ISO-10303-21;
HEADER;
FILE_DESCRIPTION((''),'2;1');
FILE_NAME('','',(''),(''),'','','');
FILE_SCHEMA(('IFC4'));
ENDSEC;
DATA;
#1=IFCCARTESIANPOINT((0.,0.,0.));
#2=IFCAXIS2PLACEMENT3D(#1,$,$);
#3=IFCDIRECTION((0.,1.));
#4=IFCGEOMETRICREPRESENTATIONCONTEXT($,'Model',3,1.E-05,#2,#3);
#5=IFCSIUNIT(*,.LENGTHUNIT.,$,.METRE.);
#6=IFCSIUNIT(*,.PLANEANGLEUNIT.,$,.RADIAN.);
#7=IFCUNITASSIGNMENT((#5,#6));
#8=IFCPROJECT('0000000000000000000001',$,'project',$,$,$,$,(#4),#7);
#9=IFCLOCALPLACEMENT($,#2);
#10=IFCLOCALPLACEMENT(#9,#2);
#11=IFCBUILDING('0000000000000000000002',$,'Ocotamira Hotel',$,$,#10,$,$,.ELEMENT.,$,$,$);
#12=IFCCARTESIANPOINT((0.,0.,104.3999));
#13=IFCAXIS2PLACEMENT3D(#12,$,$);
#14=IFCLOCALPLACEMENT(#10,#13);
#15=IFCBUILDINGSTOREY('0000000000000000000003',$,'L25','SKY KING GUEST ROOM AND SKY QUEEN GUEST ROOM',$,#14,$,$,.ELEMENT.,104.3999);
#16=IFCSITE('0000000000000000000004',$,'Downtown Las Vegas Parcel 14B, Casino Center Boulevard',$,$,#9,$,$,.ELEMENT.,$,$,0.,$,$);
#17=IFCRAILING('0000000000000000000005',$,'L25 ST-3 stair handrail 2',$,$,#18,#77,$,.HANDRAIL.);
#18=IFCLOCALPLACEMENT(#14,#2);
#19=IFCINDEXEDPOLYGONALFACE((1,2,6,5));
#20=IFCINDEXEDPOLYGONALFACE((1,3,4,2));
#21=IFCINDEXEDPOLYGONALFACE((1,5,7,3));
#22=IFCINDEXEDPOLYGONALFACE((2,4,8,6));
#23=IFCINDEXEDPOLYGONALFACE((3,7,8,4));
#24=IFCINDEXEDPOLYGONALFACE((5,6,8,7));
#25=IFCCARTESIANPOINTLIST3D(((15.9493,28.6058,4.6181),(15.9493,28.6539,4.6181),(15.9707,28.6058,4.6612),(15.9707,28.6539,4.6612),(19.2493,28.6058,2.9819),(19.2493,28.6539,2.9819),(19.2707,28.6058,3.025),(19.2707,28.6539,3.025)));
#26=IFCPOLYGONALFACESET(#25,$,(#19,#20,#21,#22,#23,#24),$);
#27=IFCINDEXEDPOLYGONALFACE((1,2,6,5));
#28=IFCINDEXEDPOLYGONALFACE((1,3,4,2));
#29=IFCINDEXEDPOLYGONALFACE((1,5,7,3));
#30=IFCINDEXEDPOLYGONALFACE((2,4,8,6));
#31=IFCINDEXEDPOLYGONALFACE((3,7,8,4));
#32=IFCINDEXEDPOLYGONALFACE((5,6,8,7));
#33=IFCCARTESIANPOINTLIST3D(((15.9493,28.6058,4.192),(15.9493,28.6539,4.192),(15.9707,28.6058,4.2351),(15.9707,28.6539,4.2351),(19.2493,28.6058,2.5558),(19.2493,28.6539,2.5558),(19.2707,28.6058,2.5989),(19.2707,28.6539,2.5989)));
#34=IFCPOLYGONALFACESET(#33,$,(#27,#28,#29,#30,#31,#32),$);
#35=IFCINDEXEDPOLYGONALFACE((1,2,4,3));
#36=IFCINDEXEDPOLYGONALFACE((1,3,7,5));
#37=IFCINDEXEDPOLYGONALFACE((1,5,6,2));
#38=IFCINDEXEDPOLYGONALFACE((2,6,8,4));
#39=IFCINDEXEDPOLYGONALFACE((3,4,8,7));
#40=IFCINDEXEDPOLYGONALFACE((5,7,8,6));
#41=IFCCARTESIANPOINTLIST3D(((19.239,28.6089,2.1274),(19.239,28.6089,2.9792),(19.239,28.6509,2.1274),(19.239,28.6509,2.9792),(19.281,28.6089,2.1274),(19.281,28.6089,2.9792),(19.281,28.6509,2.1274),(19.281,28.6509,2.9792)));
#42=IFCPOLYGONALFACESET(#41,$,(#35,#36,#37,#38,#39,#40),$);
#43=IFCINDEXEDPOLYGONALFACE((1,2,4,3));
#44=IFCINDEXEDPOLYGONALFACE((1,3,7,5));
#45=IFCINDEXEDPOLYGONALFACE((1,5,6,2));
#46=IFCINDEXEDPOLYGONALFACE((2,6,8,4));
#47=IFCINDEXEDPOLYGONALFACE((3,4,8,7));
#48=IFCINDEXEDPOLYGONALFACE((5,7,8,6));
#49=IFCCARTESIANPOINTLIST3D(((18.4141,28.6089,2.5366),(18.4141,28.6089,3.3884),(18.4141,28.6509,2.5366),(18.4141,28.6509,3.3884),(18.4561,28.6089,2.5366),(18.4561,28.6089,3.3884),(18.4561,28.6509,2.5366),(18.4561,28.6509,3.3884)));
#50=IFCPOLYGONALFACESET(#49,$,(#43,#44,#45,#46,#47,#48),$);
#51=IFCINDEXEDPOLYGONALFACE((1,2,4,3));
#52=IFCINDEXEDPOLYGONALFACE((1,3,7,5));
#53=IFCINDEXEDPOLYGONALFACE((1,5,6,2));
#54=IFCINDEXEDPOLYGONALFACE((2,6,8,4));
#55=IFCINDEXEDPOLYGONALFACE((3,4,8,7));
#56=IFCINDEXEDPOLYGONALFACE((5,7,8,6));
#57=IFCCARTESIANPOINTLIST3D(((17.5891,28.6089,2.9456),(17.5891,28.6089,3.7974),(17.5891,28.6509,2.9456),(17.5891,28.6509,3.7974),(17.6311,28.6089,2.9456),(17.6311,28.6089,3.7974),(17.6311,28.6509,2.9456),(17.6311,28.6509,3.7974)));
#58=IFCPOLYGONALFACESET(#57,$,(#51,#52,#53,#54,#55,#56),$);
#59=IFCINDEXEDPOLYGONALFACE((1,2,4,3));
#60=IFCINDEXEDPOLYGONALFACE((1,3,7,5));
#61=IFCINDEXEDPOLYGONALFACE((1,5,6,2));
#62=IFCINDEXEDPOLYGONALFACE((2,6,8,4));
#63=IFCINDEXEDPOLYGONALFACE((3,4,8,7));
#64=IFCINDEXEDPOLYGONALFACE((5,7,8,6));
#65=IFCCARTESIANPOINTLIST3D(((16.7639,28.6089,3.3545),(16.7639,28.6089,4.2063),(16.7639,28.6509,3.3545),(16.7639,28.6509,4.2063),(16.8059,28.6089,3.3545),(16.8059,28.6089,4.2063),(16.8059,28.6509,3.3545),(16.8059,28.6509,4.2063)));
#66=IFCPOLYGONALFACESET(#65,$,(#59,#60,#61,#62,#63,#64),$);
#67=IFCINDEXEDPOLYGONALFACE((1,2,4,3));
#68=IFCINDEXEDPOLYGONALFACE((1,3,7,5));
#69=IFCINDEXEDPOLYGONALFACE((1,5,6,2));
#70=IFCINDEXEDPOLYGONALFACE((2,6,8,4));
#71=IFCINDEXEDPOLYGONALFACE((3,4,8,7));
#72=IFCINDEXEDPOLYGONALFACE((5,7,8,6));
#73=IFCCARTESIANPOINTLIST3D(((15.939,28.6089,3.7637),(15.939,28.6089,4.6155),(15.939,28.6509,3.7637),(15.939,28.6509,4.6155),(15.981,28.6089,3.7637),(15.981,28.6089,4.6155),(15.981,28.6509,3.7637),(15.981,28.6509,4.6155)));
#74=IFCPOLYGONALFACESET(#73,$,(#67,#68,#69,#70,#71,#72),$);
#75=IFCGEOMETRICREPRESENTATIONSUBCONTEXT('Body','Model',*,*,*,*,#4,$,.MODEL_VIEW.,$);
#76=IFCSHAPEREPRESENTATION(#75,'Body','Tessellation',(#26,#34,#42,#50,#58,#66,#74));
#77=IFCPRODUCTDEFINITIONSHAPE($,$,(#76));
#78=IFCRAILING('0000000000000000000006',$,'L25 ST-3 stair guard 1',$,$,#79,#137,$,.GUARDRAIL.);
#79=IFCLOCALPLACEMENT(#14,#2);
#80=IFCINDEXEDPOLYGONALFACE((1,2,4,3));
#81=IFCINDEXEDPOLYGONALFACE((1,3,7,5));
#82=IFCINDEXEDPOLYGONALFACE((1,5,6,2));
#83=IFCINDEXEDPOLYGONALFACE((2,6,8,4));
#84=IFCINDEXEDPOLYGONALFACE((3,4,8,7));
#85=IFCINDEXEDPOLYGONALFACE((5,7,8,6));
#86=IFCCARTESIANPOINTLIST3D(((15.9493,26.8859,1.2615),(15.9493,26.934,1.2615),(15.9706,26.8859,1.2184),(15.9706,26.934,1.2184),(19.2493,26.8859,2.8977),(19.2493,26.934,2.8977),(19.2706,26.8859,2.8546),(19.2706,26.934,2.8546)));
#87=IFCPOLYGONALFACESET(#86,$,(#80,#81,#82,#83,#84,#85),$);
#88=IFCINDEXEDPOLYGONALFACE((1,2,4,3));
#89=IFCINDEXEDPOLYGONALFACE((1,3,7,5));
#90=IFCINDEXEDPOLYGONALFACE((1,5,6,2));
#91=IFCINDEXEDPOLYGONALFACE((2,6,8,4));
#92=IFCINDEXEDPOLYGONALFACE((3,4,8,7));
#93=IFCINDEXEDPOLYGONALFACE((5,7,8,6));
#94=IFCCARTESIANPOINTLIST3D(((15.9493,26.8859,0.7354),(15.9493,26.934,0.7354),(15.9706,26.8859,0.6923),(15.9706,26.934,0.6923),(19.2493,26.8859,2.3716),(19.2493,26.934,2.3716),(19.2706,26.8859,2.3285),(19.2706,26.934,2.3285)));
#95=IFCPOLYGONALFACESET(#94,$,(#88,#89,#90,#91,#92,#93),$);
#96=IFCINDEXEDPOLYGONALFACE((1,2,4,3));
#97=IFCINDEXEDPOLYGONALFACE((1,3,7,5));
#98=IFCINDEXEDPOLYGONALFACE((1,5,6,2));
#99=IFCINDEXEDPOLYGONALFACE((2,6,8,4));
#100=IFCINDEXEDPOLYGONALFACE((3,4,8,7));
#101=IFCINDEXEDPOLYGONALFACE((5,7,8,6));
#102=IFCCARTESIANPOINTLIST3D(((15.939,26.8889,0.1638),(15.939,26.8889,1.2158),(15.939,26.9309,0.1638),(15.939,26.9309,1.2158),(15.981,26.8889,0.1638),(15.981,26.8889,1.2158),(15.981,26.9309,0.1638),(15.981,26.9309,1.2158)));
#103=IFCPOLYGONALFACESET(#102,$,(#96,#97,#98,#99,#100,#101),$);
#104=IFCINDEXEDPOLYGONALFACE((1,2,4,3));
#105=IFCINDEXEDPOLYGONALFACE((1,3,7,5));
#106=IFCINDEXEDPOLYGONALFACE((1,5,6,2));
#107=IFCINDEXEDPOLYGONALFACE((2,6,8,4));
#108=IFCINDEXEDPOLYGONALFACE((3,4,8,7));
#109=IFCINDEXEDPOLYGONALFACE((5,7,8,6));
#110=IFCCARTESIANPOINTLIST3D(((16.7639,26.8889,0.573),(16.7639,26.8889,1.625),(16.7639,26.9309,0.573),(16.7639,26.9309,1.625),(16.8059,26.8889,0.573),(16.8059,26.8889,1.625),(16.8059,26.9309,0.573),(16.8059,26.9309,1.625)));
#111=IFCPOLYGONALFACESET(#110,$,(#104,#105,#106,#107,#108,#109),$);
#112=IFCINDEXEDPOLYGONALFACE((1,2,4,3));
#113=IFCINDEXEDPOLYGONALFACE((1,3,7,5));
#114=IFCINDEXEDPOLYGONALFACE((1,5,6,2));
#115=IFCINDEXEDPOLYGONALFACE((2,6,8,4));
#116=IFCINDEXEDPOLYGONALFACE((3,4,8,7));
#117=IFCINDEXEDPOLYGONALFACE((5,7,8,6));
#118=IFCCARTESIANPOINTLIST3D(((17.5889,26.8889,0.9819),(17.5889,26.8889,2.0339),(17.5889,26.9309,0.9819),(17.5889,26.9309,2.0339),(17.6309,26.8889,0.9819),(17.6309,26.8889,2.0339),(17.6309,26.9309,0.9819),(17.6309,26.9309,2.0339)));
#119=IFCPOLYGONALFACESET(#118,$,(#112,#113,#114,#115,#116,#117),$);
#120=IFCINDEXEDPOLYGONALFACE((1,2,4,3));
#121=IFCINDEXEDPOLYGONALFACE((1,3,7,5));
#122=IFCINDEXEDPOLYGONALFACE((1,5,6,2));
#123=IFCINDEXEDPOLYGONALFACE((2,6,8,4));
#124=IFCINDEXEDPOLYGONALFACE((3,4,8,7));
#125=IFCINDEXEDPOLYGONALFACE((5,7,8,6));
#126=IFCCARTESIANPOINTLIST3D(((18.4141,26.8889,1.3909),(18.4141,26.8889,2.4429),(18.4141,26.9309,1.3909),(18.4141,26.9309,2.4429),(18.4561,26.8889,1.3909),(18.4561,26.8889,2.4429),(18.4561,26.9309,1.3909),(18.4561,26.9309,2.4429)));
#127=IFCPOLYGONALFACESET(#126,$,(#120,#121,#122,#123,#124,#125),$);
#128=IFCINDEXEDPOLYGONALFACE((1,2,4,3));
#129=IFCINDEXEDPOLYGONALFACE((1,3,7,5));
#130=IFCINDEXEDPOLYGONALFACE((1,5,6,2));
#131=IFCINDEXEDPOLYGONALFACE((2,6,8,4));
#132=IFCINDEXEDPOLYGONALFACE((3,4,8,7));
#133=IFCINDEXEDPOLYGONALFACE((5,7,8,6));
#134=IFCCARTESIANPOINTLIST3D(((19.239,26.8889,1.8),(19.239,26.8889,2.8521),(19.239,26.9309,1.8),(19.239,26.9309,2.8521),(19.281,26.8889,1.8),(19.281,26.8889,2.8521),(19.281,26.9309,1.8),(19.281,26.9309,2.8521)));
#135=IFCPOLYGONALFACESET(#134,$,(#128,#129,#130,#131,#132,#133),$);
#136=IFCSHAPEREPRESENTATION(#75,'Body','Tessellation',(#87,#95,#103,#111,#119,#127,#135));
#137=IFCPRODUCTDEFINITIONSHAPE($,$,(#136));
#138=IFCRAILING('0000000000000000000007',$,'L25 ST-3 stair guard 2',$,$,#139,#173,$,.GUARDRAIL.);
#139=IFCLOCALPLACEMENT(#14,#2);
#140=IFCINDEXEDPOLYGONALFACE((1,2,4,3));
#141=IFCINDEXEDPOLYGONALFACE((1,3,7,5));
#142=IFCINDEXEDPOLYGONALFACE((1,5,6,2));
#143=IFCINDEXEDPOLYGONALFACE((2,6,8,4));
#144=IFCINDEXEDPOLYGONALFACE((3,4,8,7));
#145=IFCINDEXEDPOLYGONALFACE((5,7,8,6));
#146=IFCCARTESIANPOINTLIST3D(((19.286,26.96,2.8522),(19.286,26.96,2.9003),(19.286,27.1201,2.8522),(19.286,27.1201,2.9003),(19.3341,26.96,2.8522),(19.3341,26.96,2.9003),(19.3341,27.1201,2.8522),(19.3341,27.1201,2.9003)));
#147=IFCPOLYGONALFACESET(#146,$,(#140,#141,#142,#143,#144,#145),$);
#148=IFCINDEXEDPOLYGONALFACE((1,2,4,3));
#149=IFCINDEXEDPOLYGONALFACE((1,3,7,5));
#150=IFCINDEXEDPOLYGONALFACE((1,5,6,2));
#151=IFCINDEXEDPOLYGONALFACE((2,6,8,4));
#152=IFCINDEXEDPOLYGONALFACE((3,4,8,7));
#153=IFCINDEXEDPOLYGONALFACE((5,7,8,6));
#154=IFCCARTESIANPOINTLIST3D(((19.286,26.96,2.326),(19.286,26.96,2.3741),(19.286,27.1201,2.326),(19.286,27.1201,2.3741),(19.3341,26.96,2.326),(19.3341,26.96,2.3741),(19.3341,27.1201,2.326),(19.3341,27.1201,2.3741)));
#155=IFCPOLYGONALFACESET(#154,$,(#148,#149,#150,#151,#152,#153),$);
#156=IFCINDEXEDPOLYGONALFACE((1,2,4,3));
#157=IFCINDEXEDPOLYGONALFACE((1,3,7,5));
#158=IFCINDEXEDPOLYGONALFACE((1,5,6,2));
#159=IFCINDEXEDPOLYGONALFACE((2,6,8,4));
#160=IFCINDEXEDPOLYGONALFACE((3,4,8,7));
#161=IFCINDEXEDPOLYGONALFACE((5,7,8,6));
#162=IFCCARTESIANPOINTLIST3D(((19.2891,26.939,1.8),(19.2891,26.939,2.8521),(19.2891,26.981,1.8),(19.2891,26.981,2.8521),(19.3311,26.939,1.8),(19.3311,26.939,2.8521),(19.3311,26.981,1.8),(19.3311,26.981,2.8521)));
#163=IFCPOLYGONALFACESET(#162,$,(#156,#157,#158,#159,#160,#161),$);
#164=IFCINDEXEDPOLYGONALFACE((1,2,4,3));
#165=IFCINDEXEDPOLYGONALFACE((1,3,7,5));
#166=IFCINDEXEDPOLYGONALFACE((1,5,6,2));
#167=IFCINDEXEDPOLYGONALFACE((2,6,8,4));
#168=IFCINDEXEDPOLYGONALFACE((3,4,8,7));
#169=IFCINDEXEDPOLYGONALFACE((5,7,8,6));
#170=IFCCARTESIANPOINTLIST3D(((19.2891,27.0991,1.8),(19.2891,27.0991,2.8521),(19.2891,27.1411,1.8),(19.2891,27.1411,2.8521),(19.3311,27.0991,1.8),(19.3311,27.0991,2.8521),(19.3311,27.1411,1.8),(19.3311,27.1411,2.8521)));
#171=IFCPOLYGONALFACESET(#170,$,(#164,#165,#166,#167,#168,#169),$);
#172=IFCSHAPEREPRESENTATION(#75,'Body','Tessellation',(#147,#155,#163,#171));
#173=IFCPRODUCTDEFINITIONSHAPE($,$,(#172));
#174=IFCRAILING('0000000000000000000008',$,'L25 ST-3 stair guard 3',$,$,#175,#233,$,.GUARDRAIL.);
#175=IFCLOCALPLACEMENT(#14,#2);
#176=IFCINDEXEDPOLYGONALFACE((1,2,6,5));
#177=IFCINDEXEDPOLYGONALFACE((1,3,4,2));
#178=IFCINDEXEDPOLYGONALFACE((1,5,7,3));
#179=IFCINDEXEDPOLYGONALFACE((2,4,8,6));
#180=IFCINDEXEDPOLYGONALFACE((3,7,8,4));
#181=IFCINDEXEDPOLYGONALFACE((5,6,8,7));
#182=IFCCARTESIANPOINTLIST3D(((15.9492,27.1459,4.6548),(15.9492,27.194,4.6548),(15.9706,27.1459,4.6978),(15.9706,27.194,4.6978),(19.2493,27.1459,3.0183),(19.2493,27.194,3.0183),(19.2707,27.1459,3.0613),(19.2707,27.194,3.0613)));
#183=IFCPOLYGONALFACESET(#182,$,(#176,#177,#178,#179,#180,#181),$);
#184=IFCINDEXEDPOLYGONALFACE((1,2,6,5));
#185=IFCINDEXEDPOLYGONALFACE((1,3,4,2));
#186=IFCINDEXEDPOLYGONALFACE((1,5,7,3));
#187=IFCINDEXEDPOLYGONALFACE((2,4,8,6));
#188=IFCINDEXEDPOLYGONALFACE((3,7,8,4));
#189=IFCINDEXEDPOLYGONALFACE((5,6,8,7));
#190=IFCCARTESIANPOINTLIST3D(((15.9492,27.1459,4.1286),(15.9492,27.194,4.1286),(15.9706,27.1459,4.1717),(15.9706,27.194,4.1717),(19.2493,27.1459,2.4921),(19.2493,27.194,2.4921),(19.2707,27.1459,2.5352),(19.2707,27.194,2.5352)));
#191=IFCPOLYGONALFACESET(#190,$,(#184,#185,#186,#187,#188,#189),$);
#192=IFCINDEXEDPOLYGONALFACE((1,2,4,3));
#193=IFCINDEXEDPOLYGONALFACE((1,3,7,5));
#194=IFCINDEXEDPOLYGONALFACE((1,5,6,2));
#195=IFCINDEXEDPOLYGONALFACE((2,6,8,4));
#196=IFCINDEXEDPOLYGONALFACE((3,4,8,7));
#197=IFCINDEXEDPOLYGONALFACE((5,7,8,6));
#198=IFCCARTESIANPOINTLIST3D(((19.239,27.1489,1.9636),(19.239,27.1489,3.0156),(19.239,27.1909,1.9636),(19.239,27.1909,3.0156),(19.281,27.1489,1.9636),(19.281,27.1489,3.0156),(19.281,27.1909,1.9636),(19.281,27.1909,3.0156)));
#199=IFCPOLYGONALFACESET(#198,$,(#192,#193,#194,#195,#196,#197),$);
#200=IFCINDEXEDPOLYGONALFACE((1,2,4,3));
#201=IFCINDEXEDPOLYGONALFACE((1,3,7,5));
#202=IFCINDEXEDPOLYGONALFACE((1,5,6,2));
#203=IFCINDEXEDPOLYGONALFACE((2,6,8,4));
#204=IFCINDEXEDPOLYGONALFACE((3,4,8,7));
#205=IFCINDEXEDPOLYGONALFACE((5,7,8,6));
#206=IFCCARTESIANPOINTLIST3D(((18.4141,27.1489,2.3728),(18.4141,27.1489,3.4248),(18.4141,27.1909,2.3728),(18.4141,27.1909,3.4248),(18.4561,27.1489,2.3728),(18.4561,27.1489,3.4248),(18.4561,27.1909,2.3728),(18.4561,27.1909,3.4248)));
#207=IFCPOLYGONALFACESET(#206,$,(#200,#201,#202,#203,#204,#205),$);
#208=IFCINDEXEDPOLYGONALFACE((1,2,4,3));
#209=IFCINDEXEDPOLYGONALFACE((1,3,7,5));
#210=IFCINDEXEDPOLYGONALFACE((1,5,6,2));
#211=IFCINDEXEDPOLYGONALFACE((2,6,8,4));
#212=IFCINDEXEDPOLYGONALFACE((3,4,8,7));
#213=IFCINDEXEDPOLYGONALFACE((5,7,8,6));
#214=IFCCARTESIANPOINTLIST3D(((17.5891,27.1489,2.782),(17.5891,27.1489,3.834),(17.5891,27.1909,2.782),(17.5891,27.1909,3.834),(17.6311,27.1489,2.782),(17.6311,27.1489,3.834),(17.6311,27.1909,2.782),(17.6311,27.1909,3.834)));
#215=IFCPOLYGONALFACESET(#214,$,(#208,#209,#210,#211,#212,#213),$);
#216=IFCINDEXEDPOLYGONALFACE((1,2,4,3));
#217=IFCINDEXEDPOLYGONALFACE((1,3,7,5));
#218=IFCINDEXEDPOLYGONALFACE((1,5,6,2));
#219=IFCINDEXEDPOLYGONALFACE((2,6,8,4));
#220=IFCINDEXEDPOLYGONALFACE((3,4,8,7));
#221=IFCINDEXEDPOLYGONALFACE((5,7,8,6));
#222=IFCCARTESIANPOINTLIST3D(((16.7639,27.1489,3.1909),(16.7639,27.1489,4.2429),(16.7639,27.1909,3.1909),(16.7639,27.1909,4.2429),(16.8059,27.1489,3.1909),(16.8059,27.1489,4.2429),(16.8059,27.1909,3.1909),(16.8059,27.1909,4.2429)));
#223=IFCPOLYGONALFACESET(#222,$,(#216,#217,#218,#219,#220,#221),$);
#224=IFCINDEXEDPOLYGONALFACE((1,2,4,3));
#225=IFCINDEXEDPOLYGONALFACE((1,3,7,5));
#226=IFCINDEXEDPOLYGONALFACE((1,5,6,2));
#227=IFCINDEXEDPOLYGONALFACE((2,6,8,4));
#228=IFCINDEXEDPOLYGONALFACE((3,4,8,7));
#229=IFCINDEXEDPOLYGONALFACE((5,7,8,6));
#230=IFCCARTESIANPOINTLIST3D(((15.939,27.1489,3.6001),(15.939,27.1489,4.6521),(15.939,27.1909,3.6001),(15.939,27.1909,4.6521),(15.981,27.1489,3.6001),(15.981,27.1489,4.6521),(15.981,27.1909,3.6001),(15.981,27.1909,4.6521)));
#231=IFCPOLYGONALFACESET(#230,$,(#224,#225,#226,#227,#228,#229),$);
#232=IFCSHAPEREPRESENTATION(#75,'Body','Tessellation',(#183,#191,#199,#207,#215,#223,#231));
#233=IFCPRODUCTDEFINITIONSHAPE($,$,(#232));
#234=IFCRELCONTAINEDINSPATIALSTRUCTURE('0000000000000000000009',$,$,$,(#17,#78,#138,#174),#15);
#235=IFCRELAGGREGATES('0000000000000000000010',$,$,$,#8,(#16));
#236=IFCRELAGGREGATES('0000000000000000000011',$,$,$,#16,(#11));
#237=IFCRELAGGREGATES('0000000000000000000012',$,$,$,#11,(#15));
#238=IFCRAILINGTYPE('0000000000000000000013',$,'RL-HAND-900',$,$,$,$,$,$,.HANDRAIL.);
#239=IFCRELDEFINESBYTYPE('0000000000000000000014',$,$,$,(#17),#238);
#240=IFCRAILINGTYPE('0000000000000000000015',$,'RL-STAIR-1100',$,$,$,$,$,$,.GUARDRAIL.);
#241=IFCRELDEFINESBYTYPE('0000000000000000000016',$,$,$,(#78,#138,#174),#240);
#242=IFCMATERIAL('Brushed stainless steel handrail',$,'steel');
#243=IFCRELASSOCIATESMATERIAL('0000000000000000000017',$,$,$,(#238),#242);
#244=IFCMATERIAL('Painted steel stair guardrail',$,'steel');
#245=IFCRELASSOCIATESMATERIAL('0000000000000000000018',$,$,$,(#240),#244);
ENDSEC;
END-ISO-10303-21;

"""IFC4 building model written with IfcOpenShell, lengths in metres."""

from ifc_helpers import new_model, si_unit, direction, frame, origin, origin_2d, place, context, subcontext, project, spatial, rectangle, extrude, material, type_object, element, save


model = new_model("IFC4")

# Units and contexts
model_context = context("Model", 3, precision=1e-05, world=origin(), true_north=direction((0.0, 1.0)))
body_context = subcontext(model_context, "Body", "Model", "MODEL_VIEW")
ifc_project = project(units=[si_unit("LENGTHUNIT", "METRE"), si_unit("PLANEANGLEUNIT", "RADIAN")], contexts=[model_context])

# Site, building, storey
site_placement = place(None, origin())
site = spatial("IfcSite", under=ifc_project, at=site_placement, Name="Downtown Las Vegas Parcel 14B, Casino Center Boulevard", CompositionType="ELEMENT", RefElevation=0.0)
building_placement = place(site_placement, origin())
building = spatial("IfcBuilding", under=site, at=building_placement, Name="Ocotamira Hotel", CompositionType="ELEMENT")
storey_placement = place(building_placement, frame((0.0, 0.0, 104.3999)))
storey = spatial("IfcBuildingStorey", under=building, at=storey_placement, Name="L25", Description="SKY KING GUEST ROOM AND SKY QUEEN GUEST ROOM", CompositionType="ELEMENT", Elevation=104.3999)

# Railings
ifc_material_1 = material(Name="Brushed stainless steel handrail", Category="steel")
railing_type_1 = type_object("IfcRailingType", Name="RL-HAND-900", PredefinedType="HANDRAIL", material=ifc_material_1)
railing_1_placement = place(storey_placement, frame((19.26, 28.6299, 2.1274)))
element("IfcRailing", 1, at=railing_1_placement, inside=storey, type_object=railing_type_1, Name="L25 ST-3 stair handrail 2", PredefinedType="HANDRAIL", context=body_context, shape_type="SweptSolid", body=[
    extrude(rectangle(XDim=0.0481, YDim=0.0481, at=origin_2d()), frame((0.0, 0.0, 0.876), z_axis=(-0.89592, 0.0, 0.444215), x_axis=(0.0, -1.0, 0.0)), (0.0, 0.0, 1.0), 3.6833),
    extrude(rectangle(XDim=0.0481, YDim=0.0481, at=origin_2d()), frame((0.0, 0.0, 0.45), z_axis=(-0.89592, 0.0, 0.444215), x_axis=(0.0, -1.0, 0.0)), (0.0, 0.0, 1.0), 3.6833),
    extrude(rectangle(XDim=0.042, YDim=0.042, at=origin_2d()), origin(), (0.0, 0.0, 1.0), 0.8518),
    extrude(rectangle(XDim=0.042, YDim=0.042, at=origin_2d()), frame((-0.825, 0.0, 0.4092)), (0.0, 0.0, 1.0), 0.8518),
    extrude(rectangle(XDim=0.042, YDim=0.042, at=origin_2d()), frame((-1.6499, 0.0, 0.8181)), (0.0, 0.0, 1.0), 0.8518),
    extrude(rectangle(XDim=0.042, YDim=0.042, at=origin_2d()), frame((-2.4751, 0.0, 1.2271)), (0.0, 0.0, 1.0), 0.8518),
    extrude(rectangle(XDim=0.042, YDim=0.042, at=origin_2d()), frame((-3.3, 0.0, 1.6362)), (0.0, 0.0, 1.0), 0.8518),
])
ifc_material_2 = material(Name="Painted steel stair guardrail", Category="steel")
railing_type_2 = type_object("IfcRailingType", Name="RL-STAIR-1100", PredefinedType="GUARDRAIL", material=ifc_material_2)
railing_2_placement = place(storey_placement, frame((15.96, 26.9099, 0.1638)))
element("IfcRailing", 2, at=railing_2_placement, inside=storey, type_object=railing_type_2, Name="L25 ST-3 stair guard 1", PredefinedType="GUARDRAIL", context=body_context, shape_type="SweptSolid", body=[
    extrude(rectangle(XDim=0.0481, YDim=0.0481, at=origin_2d()), frame((0.0, 0.0, 1.0762), z_axis=(0.89592, 0.0, 0.444215), x_axis=(0.0, 1.0, 0.0)), (0.0, 0.0, 1.0), 3.6833),
    extrude(rectangle(XDim=0.0481, YDim=0.0481, at=origin_2d()), frame((0.0, 0.0, 0.55), z_axis=(0.89592, 0.0, 0.444215), x_axis=(0.0, 1.0, 0.0)), (0.0, 0.0, 1.0), 3.6833),
    extrude(rectangle(XDim=0.042, YDim=0.042, at=origin_2d()), origin(), (0.0, 0.0, 1.0), 1.052),
    extrude(rectangle(XDim=0.042, YDim=0.042, at=origin_2d()), frame((0.825, 0.0, 0.4092)), (0.0, 0.0, 1.0), 1.052),
    extrude(rectangle(XDim=0.042, YDim=0.042, at=origin_2d()), frame((1.6499, 0.0, 0.8181)), (0.0, 0.0, 1.0), 1.052),
    extrude(rectangle(XDim=0.042, YDim=0.042, at=origin_2d()), frame((2.4751, 0.0, 1.2271)), (0.0, 0.0, 1.0), 1.052),
    extrude(rectangle(XDim=0.042, YDim=0.042, at=origin_2d()), frame((3.3, 0.0, 1.6362)), (0.0, 0.0, 1.0), 1.052),
])
railing_3_placement = place(storey_placement, frame((19.3101, 26.96, 1.8)))
element("IfcRailing", 3, at=railing_3_placement, inside=storey, type_object=railing_type_2, Name="L25 ST-3 stair guard 2", PredefinedType="GUARDRAIL", context=body_context, shape_type="SweptSolid", body=[
    extrude(rectangle(XDim=0.0481, YDim=0.0481, at=origin_2d()), frame((0.0, 0.0, 1.0762), z_axis=(0.0, 1.0, 0.0), x_axis=(-1.0, 0.0, 0.0)), (0.0, 0.0, 1.0), 0.1602),
    extrude(rectangle(XDim=0.0481, YDim=0.0481, at=origin_2d()), frame((0.0, 0.0, 0.55), z_axis=(0.0, 1.0, 0.0), x_axis=(-1.0, 0.0, 0.0)), (0.0, 0.0, 1.0), 0.1602),
    extrude(rectangle(XDim=0.042, YDim=0.042, at=origin_2d()), origin(), (0.0, 0.0, 1.0), 1.052),
    extrude(rectangle(XDim=0.042, YDim=0.042, at=origin_2d()), frame((0.0, 0.1602, 0.0)), (0.0, 0.0, 1.0), 1.052),
])
railing_4_placement = place(storey_placement, frame((19.26, 27.1699, 1.9636)))
element("IfcRailing", 4, at=railing_4_placement, inside=storey, type_object=railing_type_2, Name="L25 ST-3 stair guard 3", PredefinedType="GUARDRAIL", context=body_context, shape_type="SweptSolid", body=[
    extrude(rectangle(XDim=0.0481, YDim=0.0481, at=origin_2d()), frame((0.0, 0.0, 1.0762), z_axis=(-0.895894, 0.0, 0.444268), x_axis=(0.0, -1.0, 0.0)), (0.0, 0.0, 1.0), 3.6836),
    extrude(rectangle(XDim=0.0481, YDim=0.0481, at=origin_2d()), frame((0.0, 0.0, 0.55), z_axis=(-0.895894, 0.0, 0.444268), x_axis=(0.0, -1.0, 0.0)), (0.0, 0.0, 1.0), 3.6836),
    extrude(rectangle(XDim=0.042, YDim=0.042, at=origin_2d()), origin(), (0.0, 0.0, 1.0), 1.052),
    extrude(rectangle(XDim=0.042, YDim=0.042, at=origin_2d()), frame((-0.825, 0.0, 0.4092)), (0.0, 0.0, 1.0), 1.052),
    extrude(rectangle(XDim=0.042, YDim=0.042, at=origin_2d()), frame((-1.6499, 0.0, 0.8184)), (0.0, 0.0, 1.0), 1.052),
    extrude(rectangle(XDim=0.042, YDim=0.042, at=origin_2d()), frame((-2.4751, 0.0, 1.2273)), (0.0, 0.0, 1.0), 1.052),
    extrude(rectangle(XDim=0.042, YDim=0.042, at=origin_2d()), frame((-3.3, 0.0, 1.6365)), (0.0, 0.0, 1.0), 1.052),
])

save(model, "model.ifc")
